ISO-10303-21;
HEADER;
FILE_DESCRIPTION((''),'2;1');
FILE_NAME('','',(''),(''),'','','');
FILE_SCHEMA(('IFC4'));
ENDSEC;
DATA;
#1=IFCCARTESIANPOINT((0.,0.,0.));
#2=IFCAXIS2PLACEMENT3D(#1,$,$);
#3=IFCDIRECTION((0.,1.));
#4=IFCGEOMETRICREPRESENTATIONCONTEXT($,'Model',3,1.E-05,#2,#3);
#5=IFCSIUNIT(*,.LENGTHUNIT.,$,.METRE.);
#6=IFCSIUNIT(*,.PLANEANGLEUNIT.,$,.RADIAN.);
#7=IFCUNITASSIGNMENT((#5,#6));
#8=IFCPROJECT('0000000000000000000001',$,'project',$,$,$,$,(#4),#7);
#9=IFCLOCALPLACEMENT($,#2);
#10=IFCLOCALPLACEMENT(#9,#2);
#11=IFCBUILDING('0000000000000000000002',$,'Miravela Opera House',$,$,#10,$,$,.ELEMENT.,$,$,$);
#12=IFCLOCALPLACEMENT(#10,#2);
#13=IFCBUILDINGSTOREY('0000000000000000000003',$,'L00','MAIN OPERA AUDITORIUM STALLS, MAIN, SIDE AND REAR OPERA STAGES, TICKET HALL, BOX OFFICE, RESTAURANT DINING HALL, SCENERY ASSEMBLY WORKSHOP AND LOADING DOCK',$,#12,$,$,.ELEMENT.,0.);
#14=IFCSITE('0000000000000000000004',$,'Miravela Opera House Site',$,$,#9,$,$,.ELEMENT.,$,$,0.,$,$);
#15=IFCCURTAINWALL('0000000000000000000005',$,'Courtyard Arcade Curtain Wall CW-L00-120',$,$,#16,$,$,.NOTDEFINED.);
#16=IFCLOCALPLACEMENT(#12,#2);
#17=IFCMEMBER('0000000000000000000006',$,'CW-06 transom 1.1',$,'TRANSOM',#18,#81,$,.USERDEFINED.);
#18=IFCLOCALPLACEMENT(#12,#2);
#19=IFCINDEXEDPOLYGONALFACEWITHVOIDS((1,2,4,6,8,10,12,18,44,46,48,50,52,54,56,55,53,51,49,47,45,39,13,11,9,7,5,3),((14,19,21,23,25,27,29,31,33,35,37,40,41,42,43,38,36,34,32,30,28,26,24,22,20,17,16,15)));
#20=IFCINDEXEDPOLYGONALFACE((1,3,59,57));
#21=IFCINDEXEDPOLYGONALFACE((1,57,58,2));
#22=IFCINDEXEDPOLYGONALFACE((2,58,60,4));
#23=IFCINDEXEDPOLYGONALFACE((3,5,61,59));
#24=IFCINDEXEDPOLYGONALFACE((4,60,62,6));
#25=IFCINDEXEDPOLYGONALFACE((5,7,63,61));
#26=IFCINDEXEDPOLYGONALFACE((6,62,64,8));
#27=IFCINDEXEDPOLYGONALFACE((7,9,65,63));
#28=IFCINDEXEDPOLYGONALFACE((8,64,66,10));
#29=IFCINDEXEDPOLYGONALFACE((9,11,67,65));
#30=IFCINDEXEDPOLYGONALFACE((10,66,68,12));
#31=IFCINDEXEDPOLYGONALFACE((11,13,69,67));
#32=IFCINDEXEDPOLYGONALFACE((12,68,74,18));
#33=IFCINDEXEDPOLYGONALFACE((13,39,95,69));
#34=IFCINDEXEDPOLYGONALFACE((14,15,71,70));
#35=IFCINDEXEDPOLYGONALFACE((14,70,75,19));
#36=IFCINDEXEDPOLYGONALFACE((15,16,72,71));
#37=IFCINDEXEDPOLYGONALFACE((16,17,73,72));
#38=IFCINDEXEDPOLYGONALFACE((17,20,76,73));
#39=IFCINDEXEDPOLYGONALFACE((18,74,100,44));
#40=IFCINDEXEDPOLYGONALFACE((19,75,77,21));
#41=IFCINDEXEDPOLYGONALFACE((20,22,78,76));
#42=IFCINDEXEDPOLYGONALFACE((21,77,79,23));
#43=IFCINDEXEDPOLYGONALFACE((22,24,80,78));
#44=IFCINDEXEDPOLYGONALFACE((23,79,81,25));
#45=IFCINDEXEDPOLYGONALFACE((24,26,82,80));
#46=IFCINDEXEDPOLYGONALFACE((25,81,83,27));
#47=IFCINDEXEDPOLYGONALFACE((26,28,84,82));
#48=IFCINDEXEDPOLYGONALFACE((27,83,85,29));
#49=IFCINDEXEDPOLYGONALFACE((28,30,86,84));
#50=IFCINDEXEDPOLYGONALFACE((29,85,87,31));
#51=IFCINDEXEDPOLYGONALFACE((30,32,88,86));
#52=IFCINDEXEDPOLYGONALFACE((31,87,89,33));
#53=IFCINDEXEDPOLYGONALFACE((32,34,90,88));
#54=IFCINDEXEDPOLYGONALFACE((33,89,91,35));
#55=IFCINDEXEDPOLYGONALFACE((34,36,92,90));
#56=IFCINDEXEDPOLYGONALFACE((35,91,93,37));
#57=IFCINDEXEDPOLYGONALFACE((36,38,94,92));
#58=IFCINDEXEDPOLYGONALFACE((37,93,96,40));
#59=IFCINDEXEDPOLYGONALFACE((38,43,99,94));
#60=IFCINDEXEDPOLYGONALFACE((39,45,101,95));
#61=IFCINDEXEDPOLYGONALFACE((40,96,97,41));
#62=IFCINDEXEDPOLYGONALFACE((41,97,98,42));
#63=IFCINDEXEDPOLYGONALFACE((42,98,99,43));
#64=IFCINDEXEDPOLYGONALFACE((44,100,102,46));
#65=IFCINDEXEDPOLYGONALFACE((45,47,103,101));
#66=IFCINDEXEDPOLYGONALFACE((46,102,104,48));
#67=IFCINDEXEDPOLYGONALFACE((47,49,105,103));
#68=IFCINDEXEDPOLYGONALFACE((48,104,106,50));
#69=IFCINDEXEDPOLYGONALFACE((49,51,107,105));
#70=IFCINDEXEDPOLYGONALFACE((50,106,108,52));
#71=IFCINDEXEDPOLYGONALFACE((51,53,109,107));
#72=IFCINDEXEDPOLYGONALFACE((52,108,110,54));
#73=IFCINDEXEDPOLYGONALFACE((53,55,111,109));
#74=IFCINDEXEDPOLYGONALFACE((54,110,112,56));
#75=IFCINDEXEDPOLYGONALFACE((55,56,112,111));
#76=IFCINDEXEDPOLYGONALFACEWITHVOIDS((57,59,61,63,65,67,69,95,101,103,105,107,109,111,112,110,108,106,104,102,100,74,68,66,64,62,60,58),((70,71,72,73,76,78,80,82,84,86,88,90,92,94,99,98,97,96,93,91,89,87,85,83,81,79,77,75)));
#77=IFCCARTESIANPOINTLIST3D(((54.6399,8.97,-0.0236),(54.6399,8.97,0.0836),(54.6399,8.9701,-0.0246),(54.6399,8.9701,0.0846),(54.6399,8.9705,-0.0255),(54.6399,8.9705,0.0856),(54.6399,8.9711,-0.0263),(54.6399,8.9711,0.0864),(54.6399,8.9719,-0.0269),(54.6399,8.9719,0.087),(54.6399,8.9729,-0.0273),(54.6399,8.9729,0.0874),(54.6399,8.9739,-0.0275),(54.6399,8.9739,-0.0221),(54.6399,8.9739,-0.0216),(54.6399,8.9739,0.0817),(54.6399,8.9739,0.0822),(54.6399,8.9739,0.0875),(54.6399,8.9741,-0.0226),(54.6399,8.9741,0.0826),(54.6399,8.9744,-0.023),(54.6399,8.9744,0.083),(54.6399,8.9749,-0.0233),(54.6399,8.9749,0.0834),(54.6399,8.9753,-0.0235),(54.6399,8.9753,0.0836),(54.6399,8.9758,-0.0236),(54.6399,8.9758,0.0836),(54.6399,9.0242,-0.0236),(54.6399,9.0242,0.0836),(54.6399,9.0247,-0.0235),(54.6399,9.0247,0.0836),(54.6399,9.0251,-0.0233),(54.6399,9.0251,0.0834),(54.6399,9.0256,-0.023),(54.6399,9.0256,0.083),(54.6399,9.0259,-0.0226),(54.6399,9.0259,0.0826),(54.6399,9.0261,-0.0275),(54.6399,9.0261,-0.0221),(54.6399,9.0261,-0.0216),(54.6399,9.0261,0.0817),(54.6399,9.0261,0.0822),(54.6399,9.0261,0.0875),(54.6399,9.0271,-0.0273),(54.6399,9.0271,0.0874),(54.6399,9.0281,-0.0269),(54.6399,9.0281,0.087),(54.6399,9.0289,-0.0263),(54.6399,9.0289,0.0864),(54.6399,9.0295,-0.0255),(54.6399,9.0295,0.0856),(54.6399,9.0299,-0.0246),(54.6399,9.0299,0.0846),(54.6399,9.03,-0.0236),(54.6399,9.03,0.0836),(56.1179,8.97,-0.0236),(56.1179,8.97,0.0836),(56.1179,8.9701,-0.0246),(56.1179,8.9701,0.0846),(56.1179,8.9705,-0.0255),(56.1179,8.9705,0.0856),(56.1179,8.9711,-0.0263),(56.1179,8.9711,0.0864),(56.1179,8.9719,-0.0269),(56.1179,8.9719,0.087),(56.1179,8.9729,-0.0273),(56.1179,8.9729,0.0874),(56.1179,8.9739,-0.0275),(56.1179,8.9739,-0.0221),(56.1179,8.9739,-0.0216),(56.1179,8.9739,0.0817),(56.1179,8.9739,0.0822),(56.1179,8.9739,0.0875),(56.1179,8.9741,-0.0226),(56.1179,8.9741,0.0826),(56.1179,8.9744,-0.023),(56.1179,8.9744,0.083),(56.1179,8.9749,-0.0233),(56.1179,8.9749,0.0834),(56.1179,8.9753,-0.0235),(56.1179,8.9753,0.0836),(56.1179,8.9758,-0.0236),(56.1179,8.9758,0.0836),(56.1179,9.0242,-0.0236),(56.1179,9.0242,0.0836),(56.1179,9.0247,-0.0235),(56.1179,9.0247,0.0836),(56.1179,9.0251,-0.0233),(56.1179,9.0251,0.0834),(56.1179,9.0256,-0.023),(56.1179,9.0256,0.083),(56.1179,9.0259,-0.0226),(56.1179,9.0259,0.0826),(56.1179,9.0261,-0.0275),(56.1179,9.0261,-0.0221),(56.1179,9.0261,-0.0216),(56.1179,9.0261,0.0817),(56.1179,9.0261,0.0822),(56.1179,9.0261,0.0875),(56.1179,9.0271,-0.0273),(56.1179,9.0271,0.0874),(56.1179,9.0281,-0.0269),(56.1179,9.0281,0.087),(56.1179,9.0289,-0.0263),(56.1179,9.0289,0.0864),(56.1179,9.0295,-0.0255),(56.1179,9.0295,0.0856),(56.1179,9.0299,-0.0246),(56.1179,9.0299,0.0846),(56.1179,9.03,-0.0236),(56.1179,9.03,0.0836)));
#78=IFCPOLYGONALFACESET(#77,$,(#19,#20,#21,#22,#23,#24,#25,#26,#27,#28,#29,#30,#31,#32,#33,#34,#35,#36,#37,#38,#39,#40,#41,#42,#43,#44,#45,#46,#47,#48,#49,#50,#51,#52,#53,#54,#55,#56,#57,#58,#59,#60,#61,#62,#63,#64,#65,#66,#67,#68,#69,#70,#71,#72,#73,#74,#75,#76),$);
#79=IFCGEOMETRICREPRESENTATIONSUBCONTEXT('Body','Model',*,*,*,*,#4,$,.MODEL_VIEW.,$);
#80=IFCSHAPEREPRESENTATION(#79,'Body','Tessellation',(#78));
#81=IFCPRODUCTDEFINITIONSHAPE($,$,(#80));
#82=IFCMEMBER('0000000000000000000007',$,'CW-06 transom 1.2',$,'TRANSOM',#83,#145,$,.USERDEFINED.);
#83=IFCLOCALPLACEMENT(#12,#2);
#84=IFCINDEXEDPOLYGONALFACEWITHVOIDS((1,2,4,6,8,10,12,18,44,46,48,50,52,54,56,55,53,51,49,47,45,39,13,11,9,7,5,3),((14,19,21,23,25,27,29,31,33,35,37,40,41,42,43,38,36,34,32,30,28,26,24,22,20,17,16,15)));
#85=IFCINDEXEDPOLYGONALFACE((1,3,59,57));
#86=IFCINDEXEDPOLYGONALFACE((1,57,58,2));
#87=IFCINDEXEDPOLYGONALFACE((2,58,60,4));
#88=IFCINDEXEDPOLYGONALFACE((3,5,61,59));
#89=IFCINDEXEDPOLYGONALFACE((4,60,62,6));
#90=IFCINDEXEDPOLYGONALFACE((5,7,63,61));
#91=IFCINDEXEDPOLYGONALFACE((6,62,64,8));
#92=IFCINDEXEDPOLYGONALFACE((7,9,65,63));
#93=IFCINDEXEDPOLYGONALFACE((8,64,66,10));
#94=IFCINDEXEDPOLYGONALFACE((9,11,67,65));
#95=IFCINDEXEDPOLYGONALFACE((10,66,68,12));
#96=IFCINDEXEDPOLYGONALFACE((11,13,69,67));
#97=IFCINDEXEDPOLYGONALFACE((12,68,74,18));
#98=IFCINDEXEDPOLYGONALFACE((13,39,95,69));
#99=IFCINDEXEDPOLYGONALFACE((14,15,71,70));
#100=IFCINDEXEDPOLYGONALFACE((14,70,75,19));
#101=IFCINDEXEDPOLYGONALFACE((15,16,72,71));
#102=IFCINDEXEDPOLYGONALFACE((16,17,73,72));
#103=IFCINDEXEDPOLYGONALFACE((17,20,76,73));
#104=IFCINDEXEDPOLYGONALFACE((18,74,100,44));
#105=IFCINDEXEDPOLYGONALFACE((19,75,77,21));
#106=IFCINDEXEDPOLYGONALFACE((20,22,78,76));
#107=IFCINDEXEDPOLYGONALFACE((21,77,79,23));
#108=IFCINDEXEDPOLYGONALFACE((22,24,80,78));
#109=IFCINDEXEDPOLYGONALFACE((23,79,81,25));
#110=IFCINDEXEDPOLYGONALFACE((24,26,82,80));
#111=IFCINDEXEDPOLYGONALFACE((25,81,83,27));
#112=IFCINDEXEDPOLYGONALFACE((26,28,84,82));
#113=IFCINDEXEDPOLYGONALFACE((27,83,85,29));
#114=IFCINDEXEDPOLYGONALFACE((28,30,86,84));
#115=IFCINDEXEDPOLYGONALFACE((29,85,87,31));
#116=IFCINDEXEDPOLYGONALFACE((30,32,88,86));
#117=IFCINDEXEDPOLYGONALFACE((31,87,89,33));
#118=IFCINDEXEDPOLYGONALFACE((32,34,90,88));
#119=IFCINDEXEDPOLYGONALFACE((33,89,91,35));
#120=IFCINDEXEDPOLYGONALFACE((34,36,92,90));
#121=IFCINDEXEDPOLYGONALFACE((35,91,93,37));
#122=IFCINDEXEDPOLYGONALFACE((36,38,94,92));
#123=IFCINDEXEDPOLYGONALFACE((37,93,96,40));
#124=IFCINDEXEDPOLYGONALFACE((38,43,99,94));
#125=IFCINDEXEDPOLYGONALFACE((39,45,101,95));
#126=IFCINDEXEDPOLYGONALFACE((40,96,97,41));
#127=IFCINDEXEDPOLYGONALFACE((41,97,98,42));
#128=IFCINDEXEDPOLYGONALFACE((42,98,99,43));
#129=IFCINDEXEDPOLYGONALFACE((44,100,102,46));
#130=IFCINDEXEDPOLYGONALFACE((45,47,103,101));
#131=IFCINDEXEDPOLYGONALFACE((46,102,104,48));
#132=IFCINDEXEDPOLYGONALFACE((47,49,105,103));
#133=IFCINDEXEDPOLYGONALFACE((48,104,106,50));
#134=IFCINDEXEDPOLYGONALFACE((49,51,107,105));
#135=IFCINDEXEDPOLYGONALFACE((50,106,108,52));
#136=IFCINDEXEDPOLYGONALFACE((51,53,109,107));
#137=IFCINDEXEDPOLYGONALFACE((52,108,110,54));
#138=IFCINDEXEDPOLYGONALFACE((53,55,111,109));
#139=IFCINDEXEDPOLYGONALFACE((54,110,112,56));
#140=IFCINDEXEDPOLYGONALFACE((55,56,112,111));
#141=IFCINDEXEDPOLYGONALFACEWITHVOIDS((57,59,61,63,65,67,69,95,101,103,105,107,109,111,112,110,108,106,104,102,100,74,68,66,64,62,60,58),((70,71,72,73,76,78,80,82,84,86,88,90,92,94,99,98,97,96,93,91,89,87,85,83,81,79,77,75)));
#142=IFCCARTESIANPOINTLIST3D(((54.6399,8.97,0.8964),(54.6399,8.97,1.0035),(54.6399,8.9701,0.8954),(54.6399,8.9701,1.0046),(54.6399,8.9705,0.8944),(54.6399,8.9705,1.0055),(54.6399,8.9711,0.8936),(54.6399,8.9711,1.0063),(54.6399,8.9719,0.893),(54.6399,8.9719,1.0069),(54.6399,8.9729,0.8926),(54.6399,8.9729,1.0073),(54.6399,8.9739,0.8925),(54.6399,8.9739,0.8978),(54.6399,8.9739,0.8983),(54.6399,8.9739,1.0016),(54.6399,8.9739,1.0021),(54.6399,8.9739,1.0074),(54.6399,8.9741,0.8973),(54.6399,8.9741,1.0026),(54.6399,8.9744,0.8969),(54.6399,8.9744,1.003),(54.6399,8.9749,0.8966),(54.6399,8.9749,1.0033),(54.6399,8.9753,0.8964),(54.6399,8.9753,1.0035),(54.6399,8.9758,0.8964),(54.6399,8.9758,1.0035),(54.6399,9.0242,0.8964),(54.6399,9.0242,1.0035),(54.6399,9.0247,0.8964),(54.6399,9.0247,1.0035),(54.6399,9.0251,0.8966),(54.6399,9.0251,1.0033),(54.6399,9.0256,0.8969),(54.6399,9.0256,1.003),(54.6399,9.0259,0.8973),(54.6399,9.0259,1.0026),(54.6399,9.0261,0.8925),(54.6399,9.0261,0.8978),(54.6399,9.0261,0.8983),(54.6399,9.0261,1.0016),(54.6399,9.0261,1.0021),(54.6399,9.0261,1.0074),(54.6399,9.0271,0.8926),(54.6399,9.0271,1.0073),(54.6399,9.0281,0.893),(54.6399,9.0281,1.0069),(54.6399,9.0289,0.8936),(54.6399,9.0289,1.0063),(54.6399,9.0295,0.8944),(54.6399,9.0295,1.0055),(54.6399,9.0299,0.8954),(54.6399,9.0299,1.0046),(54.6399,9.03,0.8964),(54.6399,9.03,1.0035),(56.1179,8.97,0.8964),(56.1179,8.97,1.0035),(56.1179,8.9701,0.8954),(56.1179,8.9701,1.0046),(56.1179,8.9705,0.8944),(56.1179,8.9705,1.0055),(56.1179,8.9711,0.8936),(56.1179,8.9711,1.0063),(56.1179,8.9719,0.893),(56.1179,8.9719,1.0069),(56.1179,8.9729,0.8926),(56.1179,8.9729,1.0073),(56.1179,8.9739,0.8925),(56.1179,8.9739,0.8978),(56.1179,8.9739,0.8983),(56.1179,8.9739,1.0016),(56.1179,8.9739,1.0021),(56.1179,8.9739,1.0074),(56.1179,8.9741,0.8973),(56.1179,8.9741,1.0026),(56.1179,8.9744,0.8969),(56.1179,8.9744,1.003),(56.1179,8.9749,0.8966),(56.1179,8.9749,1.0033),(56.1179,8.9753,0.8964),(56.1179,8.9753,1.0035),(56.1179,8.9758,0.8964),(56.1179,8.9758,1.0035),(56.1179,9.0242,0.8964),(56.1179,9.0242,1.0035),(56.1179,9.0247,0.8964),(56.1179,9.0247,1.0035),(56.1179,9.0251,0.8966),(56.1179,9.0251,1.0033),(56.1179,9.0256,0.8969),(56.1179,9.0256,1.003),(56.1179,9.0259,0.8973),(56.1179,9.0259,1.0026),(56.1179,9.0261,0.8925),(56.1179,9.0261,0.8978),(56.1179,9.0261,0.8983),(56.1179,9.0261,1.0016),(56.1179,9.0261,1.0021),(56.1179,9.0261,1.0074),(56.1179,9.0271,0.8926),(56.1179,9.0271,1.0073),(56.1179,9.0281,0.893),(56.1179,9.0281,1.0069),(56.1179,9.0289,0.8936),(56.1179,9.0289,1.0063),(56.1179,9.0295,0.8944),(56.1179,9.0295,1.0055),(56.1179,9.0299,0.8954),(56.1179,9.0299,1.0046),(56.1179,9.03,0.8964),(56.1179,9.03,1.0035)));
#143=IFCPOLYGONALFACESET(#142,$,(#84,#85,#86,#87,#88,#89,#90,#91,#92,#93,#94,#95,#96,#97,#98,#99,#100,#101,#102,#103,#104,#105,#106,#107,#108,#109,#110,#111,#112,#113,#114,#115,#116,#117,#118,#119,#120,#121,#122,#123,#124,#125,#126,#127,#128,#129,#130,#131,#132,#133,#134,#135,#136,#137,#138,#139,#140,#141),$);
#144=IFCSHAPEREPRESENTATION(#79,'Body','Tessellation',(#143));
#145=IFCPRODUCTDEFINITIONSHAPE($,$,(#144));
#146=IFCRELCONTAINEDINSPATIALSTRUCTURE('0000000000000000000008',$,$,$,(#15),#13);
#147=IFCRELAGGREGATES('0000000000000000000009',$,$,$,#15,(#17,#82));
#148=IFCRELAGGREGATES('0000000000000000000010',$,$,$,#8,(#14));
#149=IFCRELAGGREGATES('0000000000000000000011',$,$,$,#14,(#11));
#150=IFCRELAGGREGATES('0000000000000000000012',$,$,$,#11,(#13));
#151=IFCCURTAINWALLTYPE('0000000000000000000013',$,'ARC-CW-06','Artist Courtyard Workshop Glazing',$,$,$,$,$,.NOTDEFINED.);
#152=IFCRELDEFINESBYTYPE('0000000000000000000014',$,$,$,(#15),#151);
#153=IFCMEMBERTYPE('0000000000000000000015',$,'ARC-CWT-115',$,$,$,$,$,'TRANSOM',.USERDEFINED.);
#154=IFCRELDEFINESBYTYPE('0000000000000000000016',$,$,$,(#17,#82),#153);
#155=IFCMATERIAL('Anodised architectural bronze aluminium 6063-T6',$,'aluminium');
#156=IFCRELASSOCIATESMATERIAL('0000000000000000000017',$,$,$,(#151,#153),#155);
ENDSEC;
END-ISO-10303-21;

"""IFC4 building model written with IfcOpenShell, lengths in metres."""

from ifc_helpers import new_model, si_unit, direction, frame, origin, origin_2d, place, context, subcontext, project, spatial, hollow_rectangle, extrude, material, material_profile, profile_set, type_object, element, aggregate, save


model = new_model("IFC4")

# Units and contexts
model_context = context("Model", 3, precision=1e-05, world=origin(), true_north=direction((0.0, 1.0)))
body_context = subcontext(model_context, "Body", "Model", "MODEL_VIEW")
ifc_project = project(units=[si_unit("LENGTHUNIT", "METRE"), si_unit("PLANEANGLEUNIT", "RADIAN")], contexts=[model_context])

# Site, building, storey
site_placement = place(None, origin())
site = spatial("IfcSite", under=ifc_project, at=site_placement, Name="Miravela Opera House Site", CompositionType="ELEMENT", RefElevation=0.0)
building_placement = place(site_placement, origin())
building = spatial("IfcBuilding", under=site, at=building_placement, Name="Miravela Opera House", CompositionType="ELEMENT")
storey_placement = place(building_placement, origin())
storey = spatial("IfcBuildingStorey", under=building, at=storey_placement, Name="L00", Description="MAIN OPERA AUDITORIUM STALLS, MAIN, SIDE AND REAR OPERA STAGES, TICKET HALL, BOX OFFICE, RESTAURANT DINING HALL, SCENERY ASSEMBLY WORKSHOP AND LOADING DOCK", CompositionType="ELEMENT", Elevation=0.0)

# Shared definitions
ifc_material_1 = material(Name="Anodised architectural bronze aluminium 6063-T6", Category="aluminium")
curtain_wall_type = type_object("IfcCurtainWallType", Name="ARC-CW-06", Description="Artist Courtyard Workshop Glazing", PredefinedType="NOTDEFINED", material=ifc_material_1)

# Curtain wall, members
curtain_wall_1_placement = place(storey_placement, origin())
curtain_wall_1 = element("IfcCurtainWall", 1, at=curtain_wall_1_placement, inside=storey, type_object=curtain_wall_type, Name="Courtyard Arcade Curtain Wall CW-L00-120", PredefinedType="NOTDEFINED")
ifc_material_profile_1 = material_profile(ifc_material_1, hollow_rectangle(XDim=0.0601, YDim=0.115, WallThickness=0.0039, InnerFilletRadius=0.002, OuterFilletRadius=0.0039, at=origin_2d()), Name="CWT-60X115")
ifc_profile_set_1 = profile_set([ifc_material_profile_1])
member_type_1 = type_object("IfcMemberType", Name="ARC-CWT-115", ElementType="TRANSOM", PredefinedType="USERDEFINED", material=ifc_profile_set_1)
member_1_placement = place(storey_placement, frame((54.6399, 9.0, 0.03), z_axis=(1.0, 0.0, 0.0), x_axis=(0.0, 1.0, 0.0)))
member_1 = element("IfcMember", 2, at=member_1_placement, type_object=member_type_1, Name="CW-06 transom 1.1", ObjectType="TRANSOM", PredefinedType="USERDEFINED", context=body_context, shape_type="SweptSolid", body=[
    extrude(hollow_rectangle(XDim=0.0601, YDim=0.115, WallThickness=0.0039, InnerFilletRadius=0.002, OuterFilletRadius=0.0039, at=origin_2d()), origin(), (0.0, 0.0, 1.0), 1.478),
])
member_2_placement = place(storey_placement, frame((54.6399, 9.0, 0.95), z_axis=(1.0, 0.0, 0.0), x_axis=(0.0, 1.0, 0.0)))
member_2 = element("IfcMember", 3, at=member_2_placement, type_object=member_type_1, Name="CW-06 transom 1.2", ObjectType="TRANSOM", PredefinedType="USERDEFINED", context=body_context, shape_type="SweptSolid", body=[
    extrude(hollow_rectangle(XDim=0.0601, YDim=0.115, WallThickness=0.0039, InnerFilletRadius=0.002, OuterFilletRadius=0.0039, at=origin_2d()), origin(), (0.0, 0.0, 1.0), 1.478),
])

aggregate(curtain_wall_1, [member_1, member_2])

save(model, "model.ifc")
